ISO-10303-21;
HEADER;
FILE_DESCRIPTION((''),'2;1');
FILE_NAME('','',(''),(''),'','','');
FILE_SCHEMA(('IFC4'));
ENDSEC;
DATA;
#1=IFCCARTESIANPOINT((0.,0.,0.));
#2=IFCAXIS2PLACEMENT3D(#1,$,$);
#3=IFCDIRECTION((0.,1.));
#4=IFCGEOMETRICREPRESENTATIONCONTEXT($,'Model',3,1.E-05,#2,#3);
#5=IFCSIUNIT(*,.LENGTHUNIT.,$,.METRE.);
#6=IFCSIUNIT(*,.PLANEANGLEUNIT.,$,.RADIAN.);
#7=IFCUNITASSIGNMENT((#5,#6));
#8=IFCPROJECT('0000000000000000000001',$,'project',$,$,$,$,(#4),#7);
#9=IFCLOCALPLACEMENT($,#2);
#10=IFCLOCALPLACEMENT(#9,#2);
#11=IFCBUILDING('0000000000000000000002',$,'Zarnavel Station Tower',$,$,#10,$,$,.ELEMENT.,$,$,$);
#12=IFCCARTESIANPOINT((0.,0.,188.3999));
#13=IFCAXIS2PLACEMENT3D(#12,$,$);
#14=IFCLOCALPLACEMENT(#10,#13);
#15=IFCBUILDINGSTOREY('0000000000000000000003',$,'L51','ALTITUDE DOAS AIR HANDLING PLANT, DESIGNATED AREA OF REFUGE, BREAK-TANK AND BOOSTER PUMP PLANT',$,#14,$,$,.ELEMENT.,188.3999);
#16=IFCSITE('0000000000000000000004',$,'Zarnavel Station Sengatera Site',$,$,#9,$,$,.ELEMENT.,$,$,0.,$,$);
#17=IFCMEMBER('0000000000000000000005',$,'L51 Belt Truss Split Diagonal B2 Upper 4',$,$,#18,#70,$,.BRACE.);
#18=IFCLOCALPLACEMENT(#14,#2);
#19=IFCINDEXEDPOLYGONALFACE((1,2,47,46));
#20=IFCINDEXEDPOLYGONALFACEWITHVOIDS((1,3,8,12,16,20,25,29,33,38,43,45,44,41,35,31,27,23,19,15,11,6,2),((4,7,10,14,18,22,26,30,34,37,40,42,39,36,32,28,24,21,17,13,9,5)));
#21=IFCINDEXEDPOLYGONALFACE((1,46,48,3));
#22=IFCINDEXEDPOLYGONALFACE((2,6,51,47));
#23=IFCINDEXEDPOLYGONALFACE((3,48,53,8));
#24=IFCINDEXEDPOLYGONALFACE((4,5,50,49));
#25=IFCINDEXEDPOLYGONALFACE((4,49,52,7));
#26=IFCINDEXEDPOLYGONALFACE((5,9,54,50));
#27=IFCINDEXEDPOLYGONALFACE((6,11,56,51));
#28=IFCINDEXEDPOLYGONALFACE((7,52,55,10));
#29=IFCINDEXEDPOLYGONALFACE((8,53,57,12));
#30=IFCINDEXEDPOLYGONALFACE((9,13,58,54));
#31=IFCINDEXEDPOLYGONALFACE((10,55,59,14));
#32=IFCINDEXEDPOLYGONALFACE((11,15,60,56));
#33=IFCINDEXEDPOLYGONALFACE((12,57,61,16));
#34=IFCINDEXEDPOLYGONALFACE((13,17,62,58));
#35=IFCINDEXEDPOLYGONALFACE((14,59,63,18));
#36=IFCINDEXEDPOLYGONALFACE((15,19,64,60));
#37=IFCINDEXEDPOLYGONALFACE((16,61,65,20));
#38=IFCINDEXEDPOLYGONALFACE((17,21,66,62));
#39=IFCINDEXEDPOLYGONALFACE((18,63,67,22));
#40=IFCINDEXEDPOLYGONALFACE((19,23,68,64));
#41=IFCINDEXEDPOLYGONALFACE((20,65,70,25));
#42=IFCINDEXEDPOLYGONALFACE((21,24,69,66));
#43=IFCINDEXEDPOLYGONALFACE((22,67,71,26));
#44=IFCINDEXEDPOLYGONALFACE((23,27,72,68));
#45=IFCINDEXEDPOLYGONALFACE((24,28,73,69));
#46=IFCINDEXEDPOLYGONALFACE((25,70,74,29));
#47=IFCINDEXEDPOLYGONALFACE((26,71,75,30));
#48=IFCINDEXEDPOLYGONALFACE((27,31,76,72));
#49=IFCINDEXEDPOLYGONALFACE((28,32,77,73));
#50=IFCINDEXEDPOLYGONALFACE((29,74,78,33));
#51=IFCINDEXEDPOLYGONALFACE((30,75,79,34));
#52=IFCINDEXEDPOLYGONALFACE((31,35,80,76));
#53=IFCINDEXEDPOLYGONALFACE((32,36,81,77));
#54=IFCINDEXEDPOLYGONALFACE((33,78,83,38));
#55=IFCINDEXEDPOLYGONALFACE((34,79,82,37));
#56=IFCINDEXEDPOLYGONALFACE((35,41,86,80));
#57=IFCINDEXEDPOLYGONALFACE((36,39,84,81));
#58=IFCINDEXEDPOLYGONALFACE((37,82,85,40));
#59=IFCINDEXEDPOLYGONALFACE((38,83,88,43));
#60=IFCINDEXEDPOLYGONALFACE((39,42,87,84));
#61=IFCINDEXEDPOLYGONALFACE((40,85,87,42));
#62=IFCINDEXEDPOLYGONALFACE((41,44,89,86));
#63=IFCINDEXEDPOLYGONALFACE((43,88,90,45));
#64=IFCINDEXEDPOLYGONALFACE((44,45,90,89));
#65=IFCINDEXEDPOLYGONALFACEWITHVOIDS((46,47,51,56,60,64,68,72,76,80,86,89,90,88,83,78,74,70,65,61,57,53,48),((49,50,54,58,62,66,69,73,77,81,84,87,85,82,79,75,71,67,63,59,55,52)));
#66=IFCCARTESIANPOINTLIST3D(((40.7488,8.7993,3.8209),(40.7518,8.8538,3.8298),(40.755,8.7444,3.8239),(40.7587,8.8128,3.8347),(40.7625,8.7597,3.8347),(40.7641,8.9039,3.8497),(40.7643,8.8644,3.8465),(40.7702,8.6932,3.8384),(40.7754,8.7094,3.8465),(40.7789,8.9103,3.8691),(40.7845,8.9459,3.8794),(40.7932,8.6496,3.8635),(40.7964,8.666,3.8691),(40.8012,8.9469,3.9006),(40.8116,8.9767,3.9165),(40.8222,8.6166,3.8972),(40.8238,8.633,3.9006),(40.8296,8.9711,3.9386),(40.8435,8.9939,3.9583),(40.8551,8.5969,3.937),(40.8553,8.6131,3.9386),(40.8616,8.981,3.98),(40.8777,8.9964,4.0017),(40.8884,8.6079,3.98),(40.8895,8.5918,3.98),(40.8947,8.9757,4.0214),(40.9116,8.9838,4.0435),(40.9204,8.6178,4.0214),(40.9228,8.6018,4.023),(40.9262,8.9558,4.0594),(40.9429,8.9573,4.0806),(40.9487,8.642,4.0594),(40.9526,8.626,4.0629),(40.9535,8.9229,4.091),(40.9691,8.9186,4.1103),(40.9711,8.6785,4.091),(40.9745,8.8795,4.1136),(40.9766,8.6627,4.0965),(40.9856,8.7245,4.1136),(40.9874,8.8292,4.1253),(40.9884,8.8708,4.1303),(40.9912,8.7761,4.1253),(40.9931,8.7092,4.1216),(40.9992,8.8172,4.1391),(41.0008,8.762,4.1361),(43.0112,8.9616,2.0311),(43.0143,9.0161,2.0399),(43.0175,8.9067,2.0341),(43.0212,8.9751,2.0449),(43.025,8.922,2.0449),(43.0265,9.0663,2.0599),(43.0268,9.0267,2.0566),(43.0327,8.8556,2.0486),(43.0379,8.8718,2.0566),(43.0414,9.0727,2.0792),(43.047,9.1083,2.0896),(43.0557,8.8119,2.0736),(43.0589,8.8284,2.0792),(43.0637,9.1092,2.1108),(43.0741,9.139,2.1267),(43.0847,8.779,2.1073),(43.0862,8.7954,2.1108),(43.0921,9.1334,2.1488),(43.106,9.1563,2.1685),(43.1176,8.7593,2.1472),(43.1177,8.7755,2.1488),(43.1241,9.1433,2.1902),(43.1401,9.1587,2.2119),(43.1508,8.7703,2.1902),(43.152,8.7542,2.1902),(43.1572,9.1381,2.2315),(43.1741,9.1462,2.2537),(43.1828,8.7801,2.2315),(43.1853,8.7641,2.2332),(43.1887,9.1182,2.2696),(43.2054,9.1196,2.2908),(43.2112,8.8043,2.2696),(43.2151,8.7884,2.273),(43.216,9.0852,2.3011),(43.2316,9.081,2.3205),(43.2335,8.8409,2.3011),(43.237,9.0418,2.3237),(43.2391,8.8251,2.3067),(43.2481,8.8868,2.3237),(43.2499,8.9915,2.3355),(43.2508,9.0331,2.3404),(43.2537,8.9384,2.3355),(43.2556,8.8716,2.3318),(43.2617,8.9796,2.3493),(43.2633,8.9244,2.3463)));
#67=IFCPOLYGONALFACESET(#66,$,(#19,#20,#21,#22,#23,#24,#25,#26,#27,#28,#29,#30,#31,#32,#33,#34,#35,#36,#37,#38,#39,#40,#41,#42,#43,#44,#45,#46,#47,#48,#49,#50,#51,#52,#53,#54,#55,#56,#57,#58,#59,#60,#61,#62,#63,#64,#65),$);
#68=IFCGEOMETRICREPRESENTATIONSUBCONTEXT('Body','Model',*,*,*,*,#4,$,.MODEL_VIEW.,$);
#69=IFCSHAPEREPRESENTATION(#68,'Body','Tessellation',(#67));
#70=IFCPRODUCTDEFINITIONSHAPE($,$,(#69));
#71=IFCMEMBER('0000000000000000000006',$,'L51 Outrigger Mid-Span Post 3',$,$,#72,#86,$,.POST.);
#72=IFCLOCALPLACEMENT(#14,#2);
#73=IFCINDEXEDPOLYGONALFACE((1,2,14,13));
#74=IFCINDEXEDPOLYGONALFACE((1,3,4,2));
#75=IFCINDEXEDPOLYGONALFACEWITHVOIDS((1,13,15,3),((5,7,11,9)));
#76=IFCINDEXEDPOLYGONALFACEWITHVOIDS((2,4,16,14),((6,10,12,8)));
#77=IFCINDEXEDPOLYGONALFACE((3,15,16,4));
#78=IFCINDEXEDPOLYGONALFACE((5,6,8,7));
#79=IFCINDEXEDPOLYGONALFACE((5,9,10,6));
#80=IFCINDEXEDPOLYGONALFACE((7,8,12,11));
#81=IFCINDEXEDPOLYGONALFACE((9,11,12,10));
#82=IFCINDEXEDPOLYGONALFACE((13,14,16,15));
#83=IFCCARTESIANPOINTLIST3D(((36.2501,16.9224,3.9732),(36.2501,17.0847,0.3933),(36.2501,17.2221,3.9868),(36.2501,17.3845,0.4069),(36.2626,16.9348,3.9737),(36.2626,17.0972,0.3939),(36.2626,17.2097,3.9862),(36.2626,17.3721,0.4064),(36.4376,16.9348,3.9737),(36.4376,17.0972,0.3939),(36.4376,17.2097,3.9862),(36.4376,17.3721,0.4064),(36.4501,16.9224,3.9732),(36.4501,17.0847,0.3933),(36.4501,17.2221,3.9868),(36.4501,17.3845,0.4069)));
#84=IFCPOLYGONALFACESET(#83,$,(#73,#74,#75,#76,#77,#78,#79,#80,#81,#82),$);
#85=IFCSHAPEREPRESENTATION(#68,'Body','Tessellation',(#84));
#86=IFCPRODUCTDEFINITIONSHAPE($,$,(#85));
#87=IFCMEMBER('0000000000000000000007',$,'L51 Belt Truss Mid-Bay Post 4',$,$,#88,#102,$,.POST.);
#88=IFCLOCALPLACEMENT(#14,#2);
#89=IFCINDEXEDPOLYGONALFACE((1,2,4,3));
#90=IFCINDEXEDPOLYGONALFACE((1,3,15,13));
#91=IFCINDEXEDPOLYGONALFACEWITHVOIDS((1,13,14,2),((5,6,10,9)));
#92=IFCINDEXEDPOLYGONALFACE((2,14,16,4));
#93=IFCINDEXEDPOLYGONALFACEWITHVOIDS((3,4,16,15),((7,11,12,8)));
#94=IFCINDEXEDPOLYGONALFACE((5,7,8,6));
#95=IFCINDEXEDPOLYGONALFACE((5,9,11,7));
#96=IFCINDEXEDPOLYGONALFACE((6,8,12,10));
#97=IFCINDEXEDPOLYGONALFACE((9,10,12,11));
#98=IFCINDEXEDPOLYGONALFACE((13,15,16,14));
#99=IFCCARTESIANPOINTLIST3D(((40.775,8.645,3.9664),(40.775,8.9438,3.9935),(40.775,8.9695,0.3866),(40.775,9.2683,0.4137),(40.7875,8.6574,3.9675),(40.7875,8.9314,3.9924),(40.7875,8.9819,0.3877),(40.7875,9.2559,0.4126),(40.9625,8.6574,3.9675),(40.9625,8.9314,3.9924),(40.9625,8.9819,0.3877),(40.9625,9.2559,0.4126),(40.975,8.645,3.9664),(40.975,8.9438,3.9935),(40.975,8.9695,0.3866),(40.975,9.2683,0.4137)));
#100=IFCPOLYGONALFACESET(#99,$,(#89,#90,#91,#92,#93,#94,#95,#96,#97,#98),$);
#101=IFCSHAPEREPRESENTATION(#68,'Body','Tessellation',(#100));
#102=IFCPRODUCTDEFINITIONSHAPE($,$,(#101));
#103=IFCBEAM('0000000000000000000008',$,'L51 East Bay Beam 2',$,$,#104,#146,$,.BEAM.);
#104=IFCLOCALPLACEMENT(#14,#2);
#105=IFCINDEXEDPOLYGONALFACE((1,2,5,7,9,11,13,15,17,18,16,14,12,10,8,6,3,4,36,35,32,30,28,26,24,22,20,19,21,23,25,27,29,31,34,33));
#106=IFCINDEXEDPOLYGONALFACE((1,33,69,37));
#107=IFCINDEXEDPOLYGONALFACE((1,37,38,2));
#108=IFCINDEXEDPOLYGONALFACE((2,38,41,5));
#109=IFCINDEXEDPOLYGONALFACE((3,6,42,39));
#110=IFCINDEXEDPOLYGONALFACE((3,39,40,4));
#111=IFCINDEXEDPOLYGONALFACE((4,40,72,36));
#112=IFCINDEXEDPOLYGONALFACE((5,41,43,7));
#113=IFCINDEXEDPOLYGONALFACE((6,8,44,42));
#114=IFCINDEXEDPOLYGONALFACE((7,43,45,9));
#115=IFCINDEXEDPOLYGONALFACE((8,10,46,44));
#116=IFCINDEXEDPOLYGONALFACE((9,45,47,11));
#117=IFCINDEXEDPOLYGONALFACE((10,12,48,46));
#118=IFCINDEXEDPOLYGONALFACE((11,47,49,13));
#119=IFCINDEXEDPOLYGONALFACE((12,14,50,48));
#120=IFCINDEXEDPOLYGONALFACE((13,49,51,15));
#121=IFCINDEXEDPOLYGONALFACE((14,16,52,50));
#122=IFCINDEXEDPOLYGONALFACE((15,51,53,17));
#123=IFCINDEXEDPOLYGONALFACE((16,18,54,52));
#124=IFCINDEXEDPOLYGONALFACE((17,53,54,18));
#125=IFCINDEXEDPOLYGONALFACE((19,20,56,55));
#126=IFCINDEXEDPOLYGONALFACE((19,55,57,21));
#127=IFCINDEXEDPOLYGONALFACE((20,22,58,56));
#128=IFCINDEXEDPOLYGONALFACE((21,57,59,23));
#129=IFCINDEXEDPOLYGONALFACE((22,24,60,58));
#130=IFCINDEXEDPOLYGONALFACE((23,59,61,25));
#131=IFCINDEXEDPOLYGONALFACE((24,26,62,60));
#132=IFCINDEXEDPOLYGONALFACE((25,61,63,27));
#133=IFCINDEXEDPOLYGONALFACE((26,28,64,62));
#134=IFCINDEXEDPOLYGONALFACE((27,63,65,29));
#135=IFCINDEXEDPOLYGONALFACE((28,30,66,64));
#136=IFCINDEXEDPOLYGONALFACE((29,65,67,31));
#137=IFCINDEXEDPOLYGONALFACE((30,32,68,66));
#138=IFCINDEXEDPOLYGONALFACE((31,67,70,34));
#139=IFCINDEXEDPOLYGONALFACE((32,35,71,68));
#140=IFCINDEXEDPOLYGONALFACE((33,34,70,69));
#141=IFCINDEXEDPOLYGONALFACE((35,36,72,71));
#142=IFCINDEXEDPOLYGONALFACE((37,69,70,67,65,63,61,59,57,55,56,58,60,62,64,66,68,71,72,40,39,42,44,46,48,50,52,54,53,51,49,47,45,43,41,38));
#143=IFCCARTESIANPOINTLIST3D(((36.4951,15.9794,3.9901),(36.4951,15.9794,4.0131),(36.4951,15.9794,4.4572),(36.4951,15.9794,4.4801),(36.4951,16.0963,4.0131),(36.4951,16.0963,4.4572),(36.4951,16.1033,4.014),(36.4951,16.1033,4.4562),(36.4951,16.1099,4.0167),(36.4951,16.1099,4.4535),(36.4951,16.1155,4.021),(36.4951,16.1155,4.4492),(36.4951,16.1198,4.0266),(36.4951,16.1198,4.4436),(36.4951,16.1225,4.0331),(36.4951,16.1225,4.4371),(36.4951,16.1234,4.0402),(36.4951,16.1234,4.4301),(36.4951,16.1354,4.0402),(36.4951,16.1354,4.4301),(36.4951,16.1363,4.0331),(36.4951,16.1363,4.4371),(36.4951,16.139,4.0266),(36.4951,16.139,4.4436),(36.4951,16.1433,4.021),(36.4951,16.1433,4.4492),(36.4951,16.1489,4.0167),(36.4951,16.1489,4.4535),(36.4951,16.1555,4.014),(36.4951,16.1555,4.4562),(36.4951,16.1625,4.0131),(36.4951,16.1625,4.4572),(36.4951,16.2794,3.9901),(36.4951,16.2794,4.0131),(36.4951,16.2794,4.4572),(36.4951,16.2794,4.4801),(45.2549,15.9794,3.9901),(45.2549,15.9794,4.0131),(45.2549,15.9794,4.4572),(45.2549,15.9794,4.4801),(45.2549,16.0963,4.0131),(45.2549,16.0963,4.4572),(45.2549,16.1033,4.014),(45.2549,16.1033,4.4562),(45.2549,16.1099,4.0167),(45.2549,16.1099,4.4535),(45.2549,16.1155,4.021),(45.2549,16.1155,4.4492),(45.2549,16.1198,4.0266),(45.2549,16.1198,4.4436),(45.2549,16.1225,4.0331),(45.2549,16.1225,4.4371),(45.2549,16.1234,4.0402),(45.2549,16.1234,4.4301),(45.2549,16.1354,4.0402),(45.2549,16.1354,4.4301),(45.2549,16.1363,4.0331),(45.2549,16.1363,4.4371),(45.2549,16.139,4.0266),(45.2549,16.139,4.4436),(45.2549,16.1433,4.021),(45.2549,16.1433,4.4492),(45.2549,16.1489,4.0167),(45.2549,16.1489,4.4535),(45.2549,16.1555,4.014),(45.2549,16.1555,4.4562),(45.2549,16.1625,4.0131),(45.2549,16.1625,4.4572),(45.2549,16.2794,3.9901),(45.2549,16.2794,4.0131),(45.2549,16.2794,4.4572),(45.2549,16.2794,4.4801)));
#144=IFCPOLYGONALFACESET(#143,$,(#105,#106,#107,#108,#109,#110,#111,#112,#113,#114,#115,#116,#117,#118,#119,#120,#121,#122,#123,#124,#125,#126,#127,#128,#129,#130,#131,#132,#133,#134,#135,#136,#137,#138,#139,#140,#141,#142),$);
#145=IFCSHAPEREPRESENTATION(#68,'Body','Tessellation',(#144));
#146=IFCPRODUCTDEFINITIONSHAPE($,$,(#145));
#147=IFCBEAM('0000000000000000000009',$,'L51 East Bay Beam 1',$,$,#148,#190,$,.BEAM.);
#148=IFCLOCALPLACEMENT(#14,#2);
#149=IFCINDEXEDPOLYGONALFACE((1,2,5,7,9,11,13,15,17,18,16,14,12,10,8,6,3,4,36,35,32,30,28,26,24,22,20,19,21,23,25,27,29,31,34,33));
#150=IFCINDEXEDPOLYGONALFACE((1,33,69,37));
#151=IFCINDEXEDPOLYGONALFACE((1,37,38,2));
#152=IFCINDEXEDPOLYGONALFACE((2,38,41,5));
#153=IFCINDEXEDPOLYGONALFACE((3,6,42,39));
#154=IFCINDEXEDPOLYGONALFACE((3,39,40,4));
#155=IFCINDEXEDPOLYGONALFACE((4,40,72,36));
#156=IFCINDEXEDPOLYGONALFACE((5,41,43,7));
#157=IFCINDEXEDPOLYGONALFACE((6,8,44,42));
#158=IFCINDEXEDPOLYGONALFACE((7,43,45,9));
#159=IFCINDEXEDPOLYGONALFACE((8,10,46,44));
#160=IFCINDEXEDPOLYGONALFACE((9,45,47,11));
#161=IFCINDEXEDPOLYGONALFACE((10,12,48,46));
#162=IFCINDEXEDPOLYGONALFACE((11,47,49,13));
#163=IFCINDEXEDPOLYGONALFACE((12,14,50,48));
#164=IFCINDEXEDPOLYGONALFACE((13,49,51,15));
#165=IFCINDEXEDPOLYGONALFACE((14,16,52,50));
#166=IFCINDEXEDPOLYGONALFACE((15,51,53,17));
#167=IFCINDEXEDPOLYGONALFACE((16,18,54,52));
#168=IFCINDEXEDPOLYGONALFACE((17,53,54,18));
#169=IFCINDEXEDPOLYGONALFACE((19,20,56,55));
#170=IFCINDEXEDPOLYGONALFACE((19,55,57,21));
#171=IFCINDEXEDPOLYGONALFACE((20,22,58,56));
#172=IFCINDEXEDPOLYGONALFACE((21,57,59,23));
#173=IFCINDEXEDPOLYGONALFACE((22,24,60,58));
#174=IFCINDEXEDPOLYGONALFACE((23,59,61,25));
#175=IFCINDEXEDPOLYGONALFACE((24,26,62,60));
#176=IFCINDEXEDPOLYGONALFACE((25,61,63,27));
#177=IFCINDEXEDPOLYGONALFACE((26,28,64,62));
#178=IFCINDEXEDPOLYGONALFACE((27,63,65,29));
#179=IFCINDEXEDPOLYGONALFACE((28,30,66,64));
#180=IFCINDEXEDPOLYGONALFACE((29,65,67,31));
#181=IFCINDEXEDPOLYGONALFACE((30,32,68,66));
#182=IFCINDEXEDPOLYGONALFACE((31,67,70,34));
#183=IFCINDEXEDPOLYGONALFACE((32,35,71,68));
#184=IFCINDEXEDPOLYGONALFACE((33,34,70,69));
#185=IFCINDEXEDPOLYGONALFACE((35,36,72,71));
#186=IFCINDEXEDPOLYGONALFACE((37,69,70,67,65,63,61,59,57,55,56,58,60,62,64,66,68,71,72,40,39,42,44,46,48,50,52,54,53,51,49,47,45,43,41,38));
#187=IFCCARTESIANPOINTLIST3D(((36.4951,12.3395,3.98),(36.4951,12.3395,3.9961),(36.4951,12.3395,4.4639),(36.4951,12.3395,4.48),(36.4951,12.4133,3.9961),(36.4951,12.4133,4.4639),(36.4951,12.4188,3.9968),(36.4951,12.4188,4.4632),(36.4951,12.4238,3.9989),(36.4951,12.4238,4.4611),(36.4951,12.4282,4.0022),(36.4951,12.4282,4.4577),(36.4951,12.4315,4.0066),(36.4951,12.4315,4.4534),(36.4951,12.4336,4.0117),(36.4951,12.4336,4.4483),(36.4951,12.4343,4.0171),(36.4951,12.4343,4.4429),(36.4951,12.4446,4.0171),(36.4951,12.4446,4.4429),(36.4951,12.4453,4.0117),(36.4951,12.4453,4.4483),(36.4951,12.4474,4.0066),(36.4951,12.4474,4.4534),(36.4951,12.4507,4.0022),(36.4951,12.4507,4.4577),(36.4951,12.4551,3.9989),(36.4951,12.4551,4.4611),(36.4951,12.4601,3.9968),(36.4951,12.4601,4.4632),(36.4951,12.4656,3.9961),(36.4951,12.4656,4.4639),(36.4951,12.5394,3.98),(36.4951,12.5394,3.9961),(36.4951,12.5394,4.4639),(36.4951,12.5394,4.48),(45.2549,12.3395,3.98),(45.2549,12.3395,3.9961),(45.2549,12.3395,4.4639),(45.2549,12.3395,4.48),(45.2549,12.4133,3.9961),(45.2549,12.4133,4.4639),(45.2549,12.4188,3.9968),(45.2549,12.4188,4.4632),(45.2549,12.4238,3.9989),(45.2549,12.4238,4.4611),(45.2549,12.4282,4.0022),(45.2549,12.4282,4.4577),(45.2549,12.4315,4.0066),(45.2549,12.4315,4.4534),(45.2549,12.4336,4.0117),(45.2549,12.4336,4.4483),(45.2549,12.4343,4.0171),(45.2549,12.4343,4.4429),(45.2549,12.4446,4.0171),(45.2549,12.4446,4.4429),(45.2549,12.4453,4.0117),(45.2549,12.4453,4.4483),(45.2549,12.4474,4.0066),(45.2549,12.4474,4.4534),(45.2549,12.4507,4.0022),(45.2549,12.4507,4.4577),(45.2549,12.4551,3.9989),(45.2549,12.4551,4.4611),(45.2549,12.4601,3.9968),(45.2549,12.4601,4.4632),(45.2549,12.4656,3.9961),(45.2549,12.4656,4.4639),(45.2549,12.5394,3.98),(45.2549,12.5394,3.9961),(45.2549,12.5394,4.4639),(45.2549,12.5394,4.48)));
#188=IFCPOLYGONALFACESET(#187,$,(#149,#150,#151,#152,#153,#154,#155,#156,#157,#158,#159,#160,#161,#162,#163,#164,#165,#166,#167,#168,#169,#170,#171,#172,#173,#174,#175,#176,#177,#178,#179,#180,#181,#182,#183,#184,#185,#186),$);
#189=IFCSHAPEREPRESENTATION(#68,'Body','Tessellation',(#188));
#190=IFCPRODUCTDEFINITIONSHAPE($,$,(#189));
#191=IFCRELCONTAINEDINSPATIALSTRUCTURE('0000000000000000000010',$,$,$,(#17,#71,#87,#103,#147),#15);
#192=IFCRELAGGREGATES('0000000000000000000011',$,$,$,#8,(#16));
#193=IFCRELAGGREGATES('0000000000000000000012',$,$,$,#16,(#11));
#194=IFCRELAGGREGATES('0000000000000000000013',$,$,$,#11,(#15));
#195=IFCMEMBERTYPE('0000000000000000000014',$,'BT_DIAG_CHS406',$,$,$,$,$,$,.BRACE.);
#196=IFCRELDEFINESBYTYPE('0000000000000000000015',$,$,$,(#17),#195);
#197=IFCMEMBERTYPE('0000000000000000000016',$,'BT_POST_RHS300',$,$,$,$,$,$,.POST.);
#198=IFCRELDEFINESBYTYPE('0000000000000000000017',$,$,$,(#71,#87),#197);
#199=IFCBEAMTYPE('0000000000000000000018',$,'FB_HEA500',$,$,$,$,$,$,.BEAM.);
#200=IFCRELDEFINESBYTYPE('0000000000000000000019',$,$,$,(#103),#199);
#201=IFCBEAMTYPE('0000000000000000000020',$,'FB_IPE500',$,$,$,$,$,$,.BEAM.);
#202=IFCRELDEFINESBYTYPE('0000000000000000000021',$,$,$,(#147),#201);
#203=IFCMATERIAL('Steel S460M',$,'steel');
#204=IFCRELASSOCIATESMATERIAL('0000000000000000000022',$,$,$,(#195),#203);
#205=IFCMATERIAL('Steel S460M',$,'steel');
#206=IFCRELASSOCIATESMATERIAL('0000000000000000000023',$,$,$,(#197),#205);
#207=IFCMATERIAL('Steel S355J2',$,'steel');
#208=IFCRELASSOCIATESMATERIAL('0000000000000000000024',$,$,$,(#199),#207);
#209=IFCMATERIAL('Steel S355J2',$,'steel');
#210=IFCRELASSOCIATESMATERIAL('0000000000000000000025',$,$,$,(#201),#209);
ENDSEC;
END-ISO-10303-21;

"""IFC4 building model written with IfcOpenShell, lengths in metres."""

from ifc_helpers import new_model, si_unit, direction, frame, origin, origin_2d, place, context, subcontext, project, spatial, hollow_rectangle, hollow_circle, i_section, extrude, material, material_profile, profile_set, type_object, element, save


model = new_model("IFC4")

# Units and contexts
model_context = context("Model", 3, precision=1e-05, world=origin(), true_north=direction((0.0, 1.0)))
body_context = subcontext(model_context, "Body", "Model", "MODEL_VIEW")
ifc_project = project(units=[si_unit("LENGTHUNIT", "METRE"), si_unit("PLANEANGLEUNIT", "RADIAN")], contexts=[model_context])

# Site, building, storey
site_placement = place(None, origin())
site = spatial("IfcSite", under=ifc_project, at=site_placement, Name="Zarnavel Station Sengatera Site", CompositionType="ELEMENT", RefElevation=0.0)
building_placement = place(site_placement, origin())
building = spatial("IfcBuilding", under=site, at=building_placement, Name="Zarnavel Station Tower", CompositionType="ELEMENT")
storey_placement = place(building_placement, frame((0.0, 0.0, 188.3999)))
storey = spatial("IfcBuildingStorey", under=building, at=storey_placement, Name="L51", Description="ALTITUDE DOAS AIR HANDLING PLANT, DESIGNATED AREA OF REFUGE, BREAK-TANK AND BOOSTER PUMP PLANT", CompositionType="ELEMENT", Elevation=188.3999)

# Members
ifc_material_1 = material(Name="Steel S460M", Category="steel")
ifc_material_profile_1 = material_profile(ifc_material_1, hollow_circle(Radius=0.2031, WallThickness=0.0161, at=origin_2d()), Name="CHS406.4x16")
ifc_profile_set_1 = profile_set([ifc_material_profile_1], Name="Steel S460M")
member_type_1 = type_object("IfcMemberType", Name="BT_DIAG_CHS406", PredefinedType="BRACE", material=ifc_profile_set_1)
member_1_placement = place(storey_placement, frame((43.1375, 8.9568, 2.1902), z_axis=(-0.783028, -0.05619, 0.619443), x_axis=(0.071576, -0.997435, 0.0)))
element("IfcMember", 1, at=member_1_placement, inside=storey, type_object=member_type_1, Name="L51 Belt Truss Split Diagonal B2 Upper 4", PredefinedType="BRACE", context=body_context, shape_type="SweptSolid", body=[
    extrude(hollow_circle(Radius=0.2031, WallThickness=0.0161, at=origin_2d()), origin(), (0.0, 0.0, 1.0), 2.8894),
])
ifc_material_2 = material(Name="Steel S460M", Category="steel")
ifc_material_profile_2 = material_profile(ifc_material_2, hollow_rectangle(XDim=0.2, YDim=0.3, WallThickness=0.0125, at=origin_2d()), Name="RHS300x200x12.5")
ifc_profile_set_2 = profile_set([ifc_material_profile_2], Name="Steel S460M")
member_type_2 = type_object("IfcMemberType", Name="BT_POST_RHS300", PredefinedType="POST", material=ifc_profile_set_2)
member_2_placement = place(storey_placement, frame((36.3501, 17.2346, 0.4001), z_axis=(0.0, -0.045306, 0.998973), x_axis=(1.0, 0.0, 0.0)))
element("IfcMember", 2, at=member_2_placement, inside=storey, type_object=member_type_2, Name="L51 Outrigger Mid-Span Post 3", PredefinedType="POST", context=body_context, shape_type="SweptSolid", body=[
    extrude(hollow_rectangle(XDim=0.2, YDim=0.3, WallThickness=0.0125, at=origin_2d()), origin(), (0.0, 0.0, 1.0), 3.5835),
])
member_3_placement = place(storey_placement, frame((40.875, 9.1189, 0.4001), z_axis=(0.0, -0.090266, 0.995918), x_axis=(1.0, 0.0, 0.0)))
element("IfcMember", 3, at=member_3_placement, inside=storey, type_object=member_type_2, Name="L51 Belt Truss Mid-Bay Post 4", PredefinedType="POST", context=body_context, shape_type="SweptSolid", body=[
    extrude(hollow_rectangle(XDim=0.2, YDim=0.3, WallThickness=0.0125, at=origin_2d()), origin(), (0.0, 0.0, 1.0), 3.5945),
])

# Beams
ifc_material_3 = material(Name="Steel S355J2", Category="steel")
ifc_material_profile_3 = material_profile(ifc_material_3, i_section(OverallWidth=0.3, OverallDepth=0.49, WebThickness=0.012, FlangeThickness=0.0229, FilletRadius=0.0271, at=origin_2d()), Name="HEA500")
ifc_profile_set_3 = profile_set([ifc_material_profile_3], Name="Steel S355J2")
beam_type_1 = type_object("IfcBeamType", Name="FB_HEA500", PredefinedType="BEAM", material=ifc_profile_set_3)
beam_1_placement = place(storey_placement, frame((36.4951, 16.1294, 4.2351), z_axis=(1.0, 0.0, 0.0), x_axis=(0.0, 1.0, 0.0)))
element("IfcBeam", 4, at=beam_1_placement, inside=storey, type_object=beam_type_1, Name="L51 East Bay Beam 2", PredefinedType="BEAM", context=body_context, shape_type="SweptSolid", body=[
    extrude(i_section(OverallWidth=0.3, OverallDepth=0.49, WebThickness=0.012, FlangeThickness=0.0229, FilletRadius=0.0271, at=origin_2d()), origin(), (0.0, 0.0, 1.0), 8.7598),
])
ifc_material_4 = material(Name="Steel S355J2", Category="steel")
ifc_material_profile_4 = material_profile(ifc_material_4, i_section(OverallWidth=0.2, OverallDepth=0.5, WebThickness=0.0103, FlangeThickness=0.0161, FilletRadius=0.021, at=origin_2d()), Name="IPE500")
ifc_profile_set_4 = profile_set([ifc_material_profile_4], Name="Steel S355J2")
beam_type_2 = type_object("IfcBeamType", Name="FB_IPE500", PredefinedType="BEAM", material=ifc_profile_set_4)
beam_2_placement = place(storey_placement, frame((36.4951, 12.4395, 4.23), z_axis=(1.0, 0.0, 0.0), x_axis=(0.0, 1.0, 0.0)))
element("IfcBeam", 5, at=beam_2_placement, inside=storey, type_object=beam_type_2, Name="L51 East Bay Beam 1", PredefinedType="BEAM", context=body_context, shape_type="SweptSolid", body=[
    extrude(i_section(OverallWidth=0.2, OverallDepth=0.5, WebThickness=0.0103, FlangeThickness=0.0161, FilletRadius=0.021, at=origin_2d()), origin(), (0.0, 0.0, 1.0), 8.7598),
])

save(model, "model.ifc")
